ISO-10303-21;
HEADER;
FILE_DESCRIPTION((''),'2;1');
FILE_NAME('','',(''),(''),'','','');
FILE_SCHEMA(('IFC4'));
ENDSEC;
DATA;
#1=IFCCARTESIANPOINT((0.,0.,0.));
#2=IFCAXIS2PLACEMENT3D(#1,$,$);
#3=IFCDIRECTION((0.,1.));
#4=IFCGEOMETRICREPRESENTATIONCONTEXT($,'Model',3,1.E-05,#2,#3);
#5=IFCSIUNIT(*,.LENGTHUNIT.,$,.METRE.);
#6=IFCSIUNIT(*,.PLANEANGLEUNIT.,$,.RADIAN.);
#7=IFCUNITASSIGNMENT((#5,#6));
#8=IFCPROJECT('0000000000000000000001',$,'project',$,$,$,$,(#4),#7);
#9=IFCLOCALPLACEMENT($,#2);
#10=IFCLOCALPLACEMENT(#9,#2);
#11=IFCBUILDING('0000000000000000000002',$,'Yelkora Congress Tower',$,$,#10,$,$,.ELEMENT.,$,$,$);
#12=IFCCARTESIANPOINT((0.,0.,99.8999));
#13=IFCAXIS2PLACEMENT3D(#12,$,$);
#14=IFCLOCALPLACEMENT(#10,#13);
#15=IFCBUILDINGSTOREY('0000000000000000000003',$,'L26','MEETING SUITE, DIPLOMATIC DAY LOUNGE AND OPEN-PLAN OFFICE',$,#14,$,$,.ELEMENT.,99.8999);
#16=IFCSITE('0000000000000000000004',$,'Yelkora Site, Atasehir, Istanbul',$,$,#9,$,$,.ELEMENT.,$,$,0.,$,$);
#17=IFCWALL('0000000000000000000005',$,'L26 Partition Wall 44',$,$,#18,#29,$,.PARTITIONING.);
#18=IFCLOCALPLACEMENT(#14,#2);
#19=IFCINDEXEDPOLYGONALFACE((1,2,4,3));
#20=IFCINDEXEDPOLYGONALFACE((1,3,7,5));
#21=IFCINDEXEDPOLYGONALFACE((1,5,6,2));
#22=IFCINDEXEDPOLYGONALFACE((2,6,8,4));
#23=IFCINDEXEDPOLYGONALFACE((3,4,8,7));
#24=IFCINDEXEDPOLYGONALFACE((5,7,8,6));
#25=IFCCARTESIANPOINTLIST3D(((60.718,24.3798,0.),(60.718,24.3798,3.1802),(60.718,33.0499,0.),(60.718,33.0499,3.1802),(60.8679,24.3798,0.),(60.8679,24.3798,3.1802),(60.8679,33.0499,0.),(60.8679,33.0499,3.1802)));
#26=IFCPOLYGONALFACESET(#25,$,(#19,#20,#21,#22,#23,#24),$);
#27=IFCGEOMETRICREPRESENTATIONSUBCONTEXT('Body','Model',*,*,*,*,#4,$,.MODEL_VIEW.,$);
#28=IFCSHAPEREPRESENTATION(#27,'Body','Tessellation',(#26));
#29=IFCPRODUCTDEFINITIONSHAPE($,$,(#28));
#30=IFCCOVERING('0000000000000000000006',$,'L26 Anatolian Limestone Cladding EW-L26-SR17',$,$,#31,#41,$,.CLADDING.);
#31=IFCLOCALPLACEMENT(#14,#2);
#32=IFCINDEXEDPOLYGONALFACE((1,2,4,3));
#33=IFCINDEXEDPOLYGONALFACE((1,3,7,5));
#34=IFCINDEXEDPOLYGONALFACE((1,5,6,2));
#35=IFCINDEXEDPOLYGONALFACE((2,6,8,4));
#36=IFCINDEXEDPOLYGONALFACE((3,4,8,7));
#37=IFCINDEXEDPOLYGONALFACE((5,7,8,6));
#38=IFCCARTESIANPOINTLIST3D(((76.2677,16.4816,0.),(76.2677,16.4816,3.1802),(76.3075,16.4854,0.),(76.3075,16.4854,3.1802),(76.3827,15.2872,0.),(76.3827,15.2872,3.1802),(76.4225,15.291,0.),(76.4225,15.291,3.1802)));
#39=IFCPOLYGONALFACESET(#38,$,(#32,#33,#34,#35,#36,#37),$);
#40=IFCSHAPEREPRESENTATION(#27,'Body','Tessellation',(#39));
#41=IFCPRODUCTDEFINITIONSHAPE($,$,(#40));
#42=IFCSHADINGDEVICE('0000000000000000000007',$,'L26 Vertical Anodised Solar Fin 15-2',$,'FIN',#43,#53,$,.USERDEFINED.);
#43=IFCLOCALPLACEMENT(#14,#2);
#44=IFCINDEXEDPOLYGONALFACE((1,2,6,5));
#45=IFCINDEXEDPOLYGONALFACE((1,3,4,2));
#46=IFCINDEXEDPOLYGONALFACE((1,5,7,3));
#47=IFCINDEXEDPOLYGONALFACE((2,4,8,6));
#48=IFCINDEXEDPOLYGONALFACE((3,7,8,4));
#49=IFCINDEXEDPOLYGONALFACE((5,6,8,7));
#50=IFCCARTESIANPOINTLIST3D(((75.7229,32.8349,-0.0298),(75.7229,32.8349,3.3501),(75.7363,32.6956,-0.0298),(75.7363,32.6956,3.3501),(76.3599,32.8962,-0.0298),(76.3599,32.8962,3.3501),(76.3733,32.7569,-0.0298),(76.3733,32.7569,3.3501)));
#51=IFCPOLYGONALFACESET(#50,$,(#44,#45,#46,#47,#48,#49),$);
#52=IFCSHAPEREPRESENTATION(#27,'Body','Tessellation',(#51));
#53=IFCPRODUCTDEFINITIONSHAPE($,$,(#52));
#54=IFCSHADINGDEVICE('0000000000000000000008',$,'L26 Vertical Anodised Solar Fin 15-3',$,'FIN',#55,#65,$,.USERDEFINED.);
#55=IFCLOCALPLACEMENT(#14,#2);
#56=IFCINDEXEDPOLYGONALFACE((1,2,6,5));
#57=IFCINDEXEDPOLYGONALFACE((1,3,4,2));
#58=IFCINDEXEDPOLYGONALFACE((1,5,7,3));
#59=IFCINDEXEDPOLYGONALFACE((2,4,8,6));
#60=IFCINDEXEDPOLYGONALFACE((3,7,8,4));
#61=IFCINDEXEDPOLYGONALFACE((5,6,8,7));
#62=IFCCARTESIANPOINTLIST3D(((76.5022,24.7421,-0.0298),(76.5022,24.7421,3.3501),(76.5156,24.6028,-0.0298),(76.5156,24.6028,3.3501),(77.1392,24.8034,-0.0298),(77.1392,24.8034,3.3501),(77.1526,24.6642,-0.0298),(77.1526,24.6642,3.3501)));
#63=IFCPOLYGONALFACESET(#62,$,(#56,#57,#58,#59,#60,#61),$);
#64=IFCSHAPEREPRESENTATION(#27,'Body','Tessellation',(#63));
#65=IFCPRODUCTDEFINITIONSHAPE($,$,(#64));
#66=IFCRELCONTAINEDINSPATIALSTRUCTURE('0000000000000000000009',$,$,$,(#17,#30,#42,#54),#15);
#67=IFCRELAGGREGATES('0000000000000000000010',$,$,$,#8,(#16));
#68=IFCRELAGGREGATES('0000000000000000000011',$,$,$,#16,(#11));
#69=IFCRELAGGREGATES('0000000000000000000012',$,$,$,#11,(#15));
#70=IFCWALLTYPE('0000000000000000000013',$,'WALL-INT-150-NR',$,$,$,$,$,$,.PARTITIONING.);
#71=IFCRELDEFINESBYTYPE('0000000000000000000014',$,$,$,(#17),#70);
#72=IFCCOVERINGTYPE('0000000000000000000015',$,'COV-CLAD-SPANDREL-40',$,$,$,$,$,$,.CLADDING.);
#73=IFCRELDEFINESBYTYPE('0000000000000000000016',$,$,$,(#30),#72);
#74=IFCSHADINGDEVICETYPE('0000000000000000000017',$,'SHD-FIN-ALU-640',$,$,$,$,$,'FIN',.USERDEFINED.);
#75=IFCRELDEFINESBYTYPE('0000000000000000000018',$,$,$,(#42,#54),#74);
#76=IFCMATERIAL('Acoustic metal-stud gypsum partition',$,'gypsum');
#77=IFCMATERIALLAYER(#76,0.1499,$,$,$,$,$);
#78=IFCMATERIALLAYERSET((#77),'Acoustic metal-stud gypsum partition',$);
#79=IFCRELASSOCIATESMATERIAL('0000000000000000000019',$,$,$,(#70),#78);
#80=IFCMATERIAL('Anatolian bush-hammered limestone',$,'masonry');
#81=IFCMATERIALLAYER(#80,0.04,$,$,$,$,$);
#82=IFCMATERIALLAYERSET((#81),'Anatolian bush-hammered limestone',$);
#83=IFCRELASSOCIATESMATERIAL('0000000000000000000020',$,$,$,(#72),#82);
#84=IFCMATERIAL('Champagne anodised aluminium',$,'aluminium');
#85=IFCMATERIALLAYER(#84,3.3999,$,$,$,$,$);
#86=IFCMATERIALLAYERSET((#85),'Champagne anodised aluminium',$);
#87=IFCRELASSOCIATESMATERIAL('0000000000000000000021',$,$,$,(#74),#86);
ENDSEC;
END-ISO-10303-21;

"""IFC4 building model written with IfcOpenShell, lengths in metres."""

from ifc_helpers import new_model, si_unit, direction, frame, frame_2d, origin, origin_2d, place, context, subcontext, project, spatial, rectangle, extrude, material, layer, layer_set, type_object, element, save


model = new_model("IFC4")

# Units and contexts
model_context = context("Model", 3, precision=1e-05, world=origin(), true_north=direction((0.0, 1.0)))
body_context = subcontext(model_context, "Body", "Model", "MODEL_VIEW")
ifc_project = project(units=[si_unit("LENGTHUNIT", "METRE"), si_unit("PLANEANGLEUNIT", "RADIAN")], contexts=[model_context])

# Site, building, storey
site_placement = place(None, origin())
site = spatial("IfcSite", under=ifc_project, at=site_placement, Name="Yelkora Site, Atasehir, Istanbul", CompositionType="ELEMENT", RefElevation=0.0)
building_placement = place(site_placement, origin())
building = spatial("IfcBuilding", under=site, at=building_placement, Name="Yelkora Congress Tower", CompositionType="ELEMENT")
storey_placement = place(building_placement, frame((0.0, 0.0, 99.8999)))
storey = spatial("IfcBuildingStorey", under=building, at=storey_placement, Name="L26", Description="MEETING SUITE, DIPLOMATIC DAY LOUNGE AND OPEN-PLAN OFFICE", CompositionType="ELEMENT", Elevation=99.8999)

# Shared definitions
ifc_material_1 = material(Name="Acoustic metal-stud gypsum partition", Category="gypsum")
ifc_layer_1 = layer(ifc_material_1, 0.1499)
ifc_layer_set_1 = layer_set([ifc_layer_1], Name="Acoustic metal-stud gypsum partition")
wall_type_1 = type_object("IfcWallType", Name="WALL-INT-150-NR", PredefinedType="PARTITIONING", material=ifc_layer_set_1)

# Wall
wall_1_placement = place(storey_placement, frame((60.793, 24.3799, 0.0), z_axis=(0.0, 0.0, 1.0), x_axis=(0.0, 1.0, 0.0)))
element("IfcWall", 1, at=wall_1_placement, inside=storey, type_object=wall_type_1, Name="L26 Partition Wall 44", PredefinedType="PARTITIONING", context=body_context, shape_type="SweptSolid", body=[
    extrude(rectangle(XDim=8.6702, YDim=0.1499, at=frame_2d((4.335, 0.0))), origin(), (0.0, 0.0, 1.0), 3.1802),
])

# Covering
ifc_material_2 = material(Name="Anatolian bush-hammered limestone", Category="masonry")
ifc_layer_2 = layer(ifc_material_2, 0.04)
ifc_layer_set_2 = layer_set([ifc_layer_2], Name="Anatolian bush-hammered limestone")
covering_type = type_object("IfcCoveringType", Name="COV-CLAD-SPANDREL-40", PredefinedType="CLADDING", material=ifc_layer_set_2)
covering_placement = place(storey_placement, frame((76.2876, 16.4836, 0.0), z_axis=(0.0, 0.0, 1.0), x_axis=(0.095836, -0.995397, 0.0)))
element("IfcCovering", 2, at=covering_placement, inside=storey, type_object=covering_type, Name="L26 Anatolian Limestone Cladding EW-L26-SR17", PredefinedType="CLADDING", context=body_context, shape_type="SweptSolid", body=[
    extrude(rectangle(XDim=1.2, YDim=0.04, at=frame_2d((0.6001, 0.0))), origin(), (0.0, 0.0, 1.0), 3.1802),
])

# Shading devices
ifc_material_3 = material(Name="Champagne anodised aluminium", Category="aluminium")
ifc_layer_3 = layer(ifc_material_3, 3.3999)
ifc_layer_set_3 = layer_set([ifc_layer_3], Name="Champagne anodised aluminium")
shading_device_type = type_object("IfcShadingDeviceType", Name="SHD-FIN-ALU-640", ElementType="FIN", PredefinedType="USERDEFINED", material=ifc_layer_set_3)
for number, where, z_axis, x_axis, name in (
    (3, (76.0481, 32.7959, -0.0298), (0.0, 0.0, 1.0), (0.095846, -0.995396, 0.0), "L26 Vertical Anodised Solar Fin 15-2"),
    (4, (76.8274, 24.7031, -0.0298), (0.0, 0.0, 1.0), (0.095846, -0.995396, 0.0), "L26 Vertical Anodised Solar Fin 15-3"),
):
    element("IfcShadingDevice", number, at=place(storey_placement, frame(where, z_axis=z_axis, x_axis=x_axis)), inside=storey, type_object=shading_device_type, Name=name, ObjectType="FIN", PredefinedType="USERDEFINED", context=body_context, shape_type="SweptSolid", body=[
        extrude(rectangle(XDim=0.1399, YDim=0.6399, at=origin_2d()), origin(), (0.0, 0.0, 1.0), 3.3799),
    ])

save(model, "model.ifc")
